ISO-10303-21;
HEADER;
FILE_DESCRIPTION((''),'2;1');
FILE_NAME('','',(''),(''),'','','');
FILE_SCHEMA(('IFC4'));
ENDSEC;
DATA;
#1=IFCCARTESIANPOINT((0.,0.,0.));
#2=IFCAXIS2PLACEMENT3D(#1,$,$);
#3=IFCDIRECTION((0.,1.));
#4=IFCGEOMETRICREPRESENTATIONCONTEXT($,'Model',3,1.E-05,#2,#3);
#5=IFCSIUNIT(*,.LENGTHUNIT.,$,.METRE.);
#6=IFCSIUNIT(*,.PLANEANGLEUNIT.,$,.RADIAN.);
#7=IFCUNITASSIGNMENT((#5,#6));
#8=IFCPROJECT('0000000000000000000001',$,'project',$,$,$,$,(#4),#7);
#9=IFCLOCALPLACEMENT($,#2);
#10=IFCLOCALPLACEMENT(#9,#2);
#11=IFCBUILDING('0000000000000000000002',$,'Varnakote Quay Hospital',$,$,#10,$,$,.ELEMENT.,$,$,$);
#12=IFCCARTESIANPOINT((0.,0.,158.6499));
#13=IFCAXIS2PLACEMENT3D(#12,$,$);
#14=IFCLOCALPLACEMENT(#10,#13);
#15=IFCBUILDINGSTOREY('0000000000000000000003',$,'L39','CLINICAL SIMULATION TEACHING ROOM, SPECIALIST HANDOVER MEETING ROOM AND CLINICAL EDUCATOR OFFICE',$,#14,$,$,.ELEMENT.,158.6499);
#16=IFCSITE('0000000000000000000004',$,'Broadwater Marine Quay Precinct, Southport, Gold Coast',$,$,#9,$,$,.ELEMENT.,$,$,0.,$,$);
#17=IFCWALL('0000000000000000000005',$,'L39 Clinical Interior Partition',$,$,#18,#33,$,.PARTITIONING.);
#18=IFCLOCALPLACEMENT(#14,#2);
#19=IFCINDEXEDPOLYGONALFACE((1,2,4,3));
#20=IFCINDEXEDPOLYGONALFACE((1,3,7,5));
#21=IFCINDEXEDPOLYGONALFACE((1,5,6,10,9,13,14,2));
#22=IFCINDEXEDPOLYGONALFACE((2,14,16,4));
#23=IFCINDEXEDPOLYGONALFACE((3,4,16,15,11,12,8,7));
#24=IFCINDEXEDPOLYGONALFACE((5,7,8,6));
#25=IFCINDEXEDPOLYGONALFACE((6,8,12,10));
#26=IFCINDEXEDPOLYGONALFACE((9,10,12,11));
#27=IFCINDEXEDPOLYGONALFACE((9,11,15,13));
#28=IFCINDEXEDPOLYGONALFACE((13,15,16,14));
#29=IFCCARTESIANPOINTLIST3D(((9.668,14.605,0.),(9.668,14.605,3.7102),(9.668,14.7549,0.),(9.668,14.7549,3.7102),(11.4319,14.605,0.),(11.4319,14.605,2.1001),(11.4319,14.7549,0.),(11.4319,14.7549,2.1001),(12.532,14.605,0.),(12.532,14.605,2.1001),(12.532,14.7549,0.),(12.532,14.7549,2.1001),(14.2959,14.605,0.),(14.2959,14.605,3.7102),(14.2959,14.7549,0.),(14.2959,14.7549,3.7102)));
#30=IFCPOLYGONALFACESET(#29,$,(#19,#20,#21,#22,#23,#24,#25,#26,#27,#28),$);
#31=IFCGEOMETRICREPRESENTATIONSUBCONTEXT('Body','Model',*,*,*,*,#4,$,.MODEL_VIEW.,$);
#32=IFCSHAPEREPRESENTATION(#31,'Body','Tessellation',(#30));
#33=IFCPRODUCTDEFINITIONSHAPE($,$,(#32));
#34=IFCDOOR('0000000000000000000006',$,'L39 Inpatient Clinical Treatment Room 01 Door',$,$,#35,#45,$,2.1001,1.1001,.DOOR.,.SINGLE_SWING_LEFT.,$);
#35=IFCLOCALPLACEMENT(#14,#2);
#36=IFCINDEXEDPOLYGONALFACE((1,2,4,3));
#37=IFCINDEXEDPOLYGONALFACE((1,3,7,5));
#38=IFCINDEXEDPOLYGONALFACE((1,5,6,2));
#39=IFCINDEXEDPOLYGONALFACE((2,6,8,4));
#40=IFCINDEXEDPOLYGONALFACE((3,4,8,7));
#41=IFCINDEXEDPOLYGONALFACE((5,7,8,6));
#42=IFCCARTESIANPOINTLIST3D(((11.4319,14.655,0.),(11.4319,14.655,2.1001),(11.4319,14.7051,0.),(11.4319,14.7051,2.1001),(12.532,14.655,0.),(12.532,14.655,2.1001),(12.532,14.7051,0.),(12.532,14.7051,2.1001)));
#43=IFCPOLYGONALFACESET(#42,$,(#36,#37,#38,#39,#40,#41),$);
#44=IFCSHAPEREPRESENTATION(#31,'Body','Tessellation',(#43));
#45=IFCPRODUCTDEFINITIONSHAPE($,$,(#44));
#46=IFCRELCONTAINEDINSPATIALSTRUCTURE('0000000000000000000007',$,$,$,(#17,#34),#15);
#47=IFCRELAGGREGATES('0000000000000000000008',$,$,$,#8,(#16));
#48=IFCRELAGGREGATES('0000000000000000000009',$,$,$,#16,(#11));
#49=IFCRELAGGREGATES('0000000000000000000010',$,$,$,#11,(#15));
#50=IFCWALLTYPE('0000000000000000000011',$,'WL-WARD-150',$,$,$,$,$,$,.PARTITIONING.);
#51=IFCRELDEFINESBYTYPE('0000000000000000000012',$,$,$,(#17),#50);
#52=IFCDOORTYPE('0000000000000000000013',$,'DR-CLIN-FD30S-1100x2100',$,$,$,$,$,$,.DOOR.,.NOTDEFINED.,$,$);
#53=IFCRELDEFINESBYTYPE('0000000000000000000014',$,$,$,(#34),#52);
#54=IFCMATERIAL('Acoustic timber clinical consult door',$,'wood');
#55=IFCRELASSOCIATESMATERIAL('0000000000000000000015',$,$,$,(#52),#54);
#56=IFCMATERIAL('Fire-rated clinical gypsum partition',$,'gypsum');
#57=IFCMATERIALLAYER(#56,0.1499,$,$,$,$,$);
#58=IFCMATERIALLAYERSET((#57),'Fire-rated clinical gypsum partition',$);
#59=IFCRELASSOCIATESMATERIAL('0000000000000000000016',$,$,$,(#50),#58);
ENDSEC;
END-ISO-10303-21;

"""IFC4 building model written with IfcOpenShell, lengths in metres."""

from ifc_helpers import new_model, si_unit, direction, frame, frame_2d, origin, place, context, subcontext, project, spatial, rectangle, extrude, material, layer, layer_set, type_object, element, fill, save


model = new_model("IFC4")

# Units and contexts
model_context = context("Model", 3, precision=1e-05, world=origin(), true_north=direction((0.0, 1.0)))
body_context = subcontext(model_context, "Body", "Model", "MODEL_VIEW")
ifc_project = project(units=[si_unit("LENGTHUNIT", "METRE"), si_unit("PLANEANGLEUNIT", "RADIAN")], contexts=[model_context])

# Site, building, storey
site_placement = place(None, origin())
site = spatial("IfcSite", under=ifc_project, at=site_placement, Name="Broadwater Marine Quay Precinct, Southport, Gold Coast", CompositionType="ELEMENT", RefElevation=0.0)
building_placement = place(site_placement, origin())
building = spatial("IfcBuilding", under=site, at=building_placement, Name="Varnakote Quay Hospital", CompositionType="ELEMENT")
storey_placement = place(building_placement, frame((0.0, 0.0, 158.6499)))
storey = spatial("IfcBuildingStorey", under=building, at=storey_placement, Name="L39", Description="CLINICAL SIMULATION TEACHING ROOM, SPECIALIST HANDOVER MEETING ROOM AND CLINICAL EDUCATOR OFFICE", CompositionType="ELEMENT", Elevation=158.6499)

# Wall, opening, door
ifc_material_1 = material(Name="Acoustic timber clinical consult door", Category="wood")
door_type_1 = type_object("IfcDoorType", Name="DR-CLIN-FD30S-1100x2100", OperationType="NOTDEFINED", PredefinedType="DOOR", material=ifc_material_1)
ifc_material_2 = material(Name="Fire-rated clinical gypsum partition", Category="gypsum")
ifc_layer_1 = layer(ifc_material_2, 0.1499)
ifc_layer_set_1 = layer_set([ifc_layer_1], Name="Fire-rated clinical gypsum partition")
wall_type_1 = type_object("IfcWallType", Name="WL-WARD-150", PredefinedType="PARTITIONING", material=ifc_layer_set_1)
wall_1_placement = place(storey_placement, frame((14.2959, 14.6799, 0.0), z_axis=(0.0, 0.0, 1.0), x_axis=(-1.0, 0.0, 0.0)))
wall_1 = element("IfcWall", 1, at=wall_1_placement, inside=storey, type_object=wall_type_1, Name="L39 Clinical Interior Partition", PredefinedType="PARTITIONING", context=body_context, shape_type="SweptSolid", body=[
    extrude(rectangle(XDim=4.6279, YDim=0.1499, at=frame_2d((2.314, 0.0))), origin(), (0.0, 0.0, 1.0), 3.7102),
])
opening_1_placement = place(wall_1_placement, frame((1.7639, 0.0, 0.0)))
opening_1 = element("IfcOpeningElement", 2, at=opening_1_placement, cuts=wall_1, PredefinedType="OPENING", context=body_context, shape_type="SweptSolid", body=[
    extrude(rectangle(XDim=1.1001, YDim=2.1001, at=frame_2d((0.55, 1.05))), frame((0.0, 0.085, 0.0), z_axis=(0.0, -1.0, 0.0), x_axis=(1.0, 0.0, 0.0)), (0.0, 0.0, 1.0), 0.1699),
])
door_1_placement = place(opening_1_placement, origin())
door_1 = element("IfcDoor", 3, at=door_1_placement, inside=storey, type_object=door_type_1, Name="L39 Inpatient Clinical Treatment Room 01 Door", OperationType="SINGLE_SWING_LEFT", OverallHeight=2.1001, OverallWidth=1.1001, PredefinedType="DOOR", context=body_context, shape_type="SweptSolid", body=[
    extrude(rectangle(XDim=1.1001, YDim=2.1001, at=frame_2d((0.55, 1.05))), frame((0.0, 0.0249, 0.0), z_axis=(0.0, -1.0, 0.0), x_axis=(1.0, 0.0, 0.0)), (0.0, 0.0, 1.0), 0.05),
])
fill(opening_1, door_1)

save(model, "model.ifc")
